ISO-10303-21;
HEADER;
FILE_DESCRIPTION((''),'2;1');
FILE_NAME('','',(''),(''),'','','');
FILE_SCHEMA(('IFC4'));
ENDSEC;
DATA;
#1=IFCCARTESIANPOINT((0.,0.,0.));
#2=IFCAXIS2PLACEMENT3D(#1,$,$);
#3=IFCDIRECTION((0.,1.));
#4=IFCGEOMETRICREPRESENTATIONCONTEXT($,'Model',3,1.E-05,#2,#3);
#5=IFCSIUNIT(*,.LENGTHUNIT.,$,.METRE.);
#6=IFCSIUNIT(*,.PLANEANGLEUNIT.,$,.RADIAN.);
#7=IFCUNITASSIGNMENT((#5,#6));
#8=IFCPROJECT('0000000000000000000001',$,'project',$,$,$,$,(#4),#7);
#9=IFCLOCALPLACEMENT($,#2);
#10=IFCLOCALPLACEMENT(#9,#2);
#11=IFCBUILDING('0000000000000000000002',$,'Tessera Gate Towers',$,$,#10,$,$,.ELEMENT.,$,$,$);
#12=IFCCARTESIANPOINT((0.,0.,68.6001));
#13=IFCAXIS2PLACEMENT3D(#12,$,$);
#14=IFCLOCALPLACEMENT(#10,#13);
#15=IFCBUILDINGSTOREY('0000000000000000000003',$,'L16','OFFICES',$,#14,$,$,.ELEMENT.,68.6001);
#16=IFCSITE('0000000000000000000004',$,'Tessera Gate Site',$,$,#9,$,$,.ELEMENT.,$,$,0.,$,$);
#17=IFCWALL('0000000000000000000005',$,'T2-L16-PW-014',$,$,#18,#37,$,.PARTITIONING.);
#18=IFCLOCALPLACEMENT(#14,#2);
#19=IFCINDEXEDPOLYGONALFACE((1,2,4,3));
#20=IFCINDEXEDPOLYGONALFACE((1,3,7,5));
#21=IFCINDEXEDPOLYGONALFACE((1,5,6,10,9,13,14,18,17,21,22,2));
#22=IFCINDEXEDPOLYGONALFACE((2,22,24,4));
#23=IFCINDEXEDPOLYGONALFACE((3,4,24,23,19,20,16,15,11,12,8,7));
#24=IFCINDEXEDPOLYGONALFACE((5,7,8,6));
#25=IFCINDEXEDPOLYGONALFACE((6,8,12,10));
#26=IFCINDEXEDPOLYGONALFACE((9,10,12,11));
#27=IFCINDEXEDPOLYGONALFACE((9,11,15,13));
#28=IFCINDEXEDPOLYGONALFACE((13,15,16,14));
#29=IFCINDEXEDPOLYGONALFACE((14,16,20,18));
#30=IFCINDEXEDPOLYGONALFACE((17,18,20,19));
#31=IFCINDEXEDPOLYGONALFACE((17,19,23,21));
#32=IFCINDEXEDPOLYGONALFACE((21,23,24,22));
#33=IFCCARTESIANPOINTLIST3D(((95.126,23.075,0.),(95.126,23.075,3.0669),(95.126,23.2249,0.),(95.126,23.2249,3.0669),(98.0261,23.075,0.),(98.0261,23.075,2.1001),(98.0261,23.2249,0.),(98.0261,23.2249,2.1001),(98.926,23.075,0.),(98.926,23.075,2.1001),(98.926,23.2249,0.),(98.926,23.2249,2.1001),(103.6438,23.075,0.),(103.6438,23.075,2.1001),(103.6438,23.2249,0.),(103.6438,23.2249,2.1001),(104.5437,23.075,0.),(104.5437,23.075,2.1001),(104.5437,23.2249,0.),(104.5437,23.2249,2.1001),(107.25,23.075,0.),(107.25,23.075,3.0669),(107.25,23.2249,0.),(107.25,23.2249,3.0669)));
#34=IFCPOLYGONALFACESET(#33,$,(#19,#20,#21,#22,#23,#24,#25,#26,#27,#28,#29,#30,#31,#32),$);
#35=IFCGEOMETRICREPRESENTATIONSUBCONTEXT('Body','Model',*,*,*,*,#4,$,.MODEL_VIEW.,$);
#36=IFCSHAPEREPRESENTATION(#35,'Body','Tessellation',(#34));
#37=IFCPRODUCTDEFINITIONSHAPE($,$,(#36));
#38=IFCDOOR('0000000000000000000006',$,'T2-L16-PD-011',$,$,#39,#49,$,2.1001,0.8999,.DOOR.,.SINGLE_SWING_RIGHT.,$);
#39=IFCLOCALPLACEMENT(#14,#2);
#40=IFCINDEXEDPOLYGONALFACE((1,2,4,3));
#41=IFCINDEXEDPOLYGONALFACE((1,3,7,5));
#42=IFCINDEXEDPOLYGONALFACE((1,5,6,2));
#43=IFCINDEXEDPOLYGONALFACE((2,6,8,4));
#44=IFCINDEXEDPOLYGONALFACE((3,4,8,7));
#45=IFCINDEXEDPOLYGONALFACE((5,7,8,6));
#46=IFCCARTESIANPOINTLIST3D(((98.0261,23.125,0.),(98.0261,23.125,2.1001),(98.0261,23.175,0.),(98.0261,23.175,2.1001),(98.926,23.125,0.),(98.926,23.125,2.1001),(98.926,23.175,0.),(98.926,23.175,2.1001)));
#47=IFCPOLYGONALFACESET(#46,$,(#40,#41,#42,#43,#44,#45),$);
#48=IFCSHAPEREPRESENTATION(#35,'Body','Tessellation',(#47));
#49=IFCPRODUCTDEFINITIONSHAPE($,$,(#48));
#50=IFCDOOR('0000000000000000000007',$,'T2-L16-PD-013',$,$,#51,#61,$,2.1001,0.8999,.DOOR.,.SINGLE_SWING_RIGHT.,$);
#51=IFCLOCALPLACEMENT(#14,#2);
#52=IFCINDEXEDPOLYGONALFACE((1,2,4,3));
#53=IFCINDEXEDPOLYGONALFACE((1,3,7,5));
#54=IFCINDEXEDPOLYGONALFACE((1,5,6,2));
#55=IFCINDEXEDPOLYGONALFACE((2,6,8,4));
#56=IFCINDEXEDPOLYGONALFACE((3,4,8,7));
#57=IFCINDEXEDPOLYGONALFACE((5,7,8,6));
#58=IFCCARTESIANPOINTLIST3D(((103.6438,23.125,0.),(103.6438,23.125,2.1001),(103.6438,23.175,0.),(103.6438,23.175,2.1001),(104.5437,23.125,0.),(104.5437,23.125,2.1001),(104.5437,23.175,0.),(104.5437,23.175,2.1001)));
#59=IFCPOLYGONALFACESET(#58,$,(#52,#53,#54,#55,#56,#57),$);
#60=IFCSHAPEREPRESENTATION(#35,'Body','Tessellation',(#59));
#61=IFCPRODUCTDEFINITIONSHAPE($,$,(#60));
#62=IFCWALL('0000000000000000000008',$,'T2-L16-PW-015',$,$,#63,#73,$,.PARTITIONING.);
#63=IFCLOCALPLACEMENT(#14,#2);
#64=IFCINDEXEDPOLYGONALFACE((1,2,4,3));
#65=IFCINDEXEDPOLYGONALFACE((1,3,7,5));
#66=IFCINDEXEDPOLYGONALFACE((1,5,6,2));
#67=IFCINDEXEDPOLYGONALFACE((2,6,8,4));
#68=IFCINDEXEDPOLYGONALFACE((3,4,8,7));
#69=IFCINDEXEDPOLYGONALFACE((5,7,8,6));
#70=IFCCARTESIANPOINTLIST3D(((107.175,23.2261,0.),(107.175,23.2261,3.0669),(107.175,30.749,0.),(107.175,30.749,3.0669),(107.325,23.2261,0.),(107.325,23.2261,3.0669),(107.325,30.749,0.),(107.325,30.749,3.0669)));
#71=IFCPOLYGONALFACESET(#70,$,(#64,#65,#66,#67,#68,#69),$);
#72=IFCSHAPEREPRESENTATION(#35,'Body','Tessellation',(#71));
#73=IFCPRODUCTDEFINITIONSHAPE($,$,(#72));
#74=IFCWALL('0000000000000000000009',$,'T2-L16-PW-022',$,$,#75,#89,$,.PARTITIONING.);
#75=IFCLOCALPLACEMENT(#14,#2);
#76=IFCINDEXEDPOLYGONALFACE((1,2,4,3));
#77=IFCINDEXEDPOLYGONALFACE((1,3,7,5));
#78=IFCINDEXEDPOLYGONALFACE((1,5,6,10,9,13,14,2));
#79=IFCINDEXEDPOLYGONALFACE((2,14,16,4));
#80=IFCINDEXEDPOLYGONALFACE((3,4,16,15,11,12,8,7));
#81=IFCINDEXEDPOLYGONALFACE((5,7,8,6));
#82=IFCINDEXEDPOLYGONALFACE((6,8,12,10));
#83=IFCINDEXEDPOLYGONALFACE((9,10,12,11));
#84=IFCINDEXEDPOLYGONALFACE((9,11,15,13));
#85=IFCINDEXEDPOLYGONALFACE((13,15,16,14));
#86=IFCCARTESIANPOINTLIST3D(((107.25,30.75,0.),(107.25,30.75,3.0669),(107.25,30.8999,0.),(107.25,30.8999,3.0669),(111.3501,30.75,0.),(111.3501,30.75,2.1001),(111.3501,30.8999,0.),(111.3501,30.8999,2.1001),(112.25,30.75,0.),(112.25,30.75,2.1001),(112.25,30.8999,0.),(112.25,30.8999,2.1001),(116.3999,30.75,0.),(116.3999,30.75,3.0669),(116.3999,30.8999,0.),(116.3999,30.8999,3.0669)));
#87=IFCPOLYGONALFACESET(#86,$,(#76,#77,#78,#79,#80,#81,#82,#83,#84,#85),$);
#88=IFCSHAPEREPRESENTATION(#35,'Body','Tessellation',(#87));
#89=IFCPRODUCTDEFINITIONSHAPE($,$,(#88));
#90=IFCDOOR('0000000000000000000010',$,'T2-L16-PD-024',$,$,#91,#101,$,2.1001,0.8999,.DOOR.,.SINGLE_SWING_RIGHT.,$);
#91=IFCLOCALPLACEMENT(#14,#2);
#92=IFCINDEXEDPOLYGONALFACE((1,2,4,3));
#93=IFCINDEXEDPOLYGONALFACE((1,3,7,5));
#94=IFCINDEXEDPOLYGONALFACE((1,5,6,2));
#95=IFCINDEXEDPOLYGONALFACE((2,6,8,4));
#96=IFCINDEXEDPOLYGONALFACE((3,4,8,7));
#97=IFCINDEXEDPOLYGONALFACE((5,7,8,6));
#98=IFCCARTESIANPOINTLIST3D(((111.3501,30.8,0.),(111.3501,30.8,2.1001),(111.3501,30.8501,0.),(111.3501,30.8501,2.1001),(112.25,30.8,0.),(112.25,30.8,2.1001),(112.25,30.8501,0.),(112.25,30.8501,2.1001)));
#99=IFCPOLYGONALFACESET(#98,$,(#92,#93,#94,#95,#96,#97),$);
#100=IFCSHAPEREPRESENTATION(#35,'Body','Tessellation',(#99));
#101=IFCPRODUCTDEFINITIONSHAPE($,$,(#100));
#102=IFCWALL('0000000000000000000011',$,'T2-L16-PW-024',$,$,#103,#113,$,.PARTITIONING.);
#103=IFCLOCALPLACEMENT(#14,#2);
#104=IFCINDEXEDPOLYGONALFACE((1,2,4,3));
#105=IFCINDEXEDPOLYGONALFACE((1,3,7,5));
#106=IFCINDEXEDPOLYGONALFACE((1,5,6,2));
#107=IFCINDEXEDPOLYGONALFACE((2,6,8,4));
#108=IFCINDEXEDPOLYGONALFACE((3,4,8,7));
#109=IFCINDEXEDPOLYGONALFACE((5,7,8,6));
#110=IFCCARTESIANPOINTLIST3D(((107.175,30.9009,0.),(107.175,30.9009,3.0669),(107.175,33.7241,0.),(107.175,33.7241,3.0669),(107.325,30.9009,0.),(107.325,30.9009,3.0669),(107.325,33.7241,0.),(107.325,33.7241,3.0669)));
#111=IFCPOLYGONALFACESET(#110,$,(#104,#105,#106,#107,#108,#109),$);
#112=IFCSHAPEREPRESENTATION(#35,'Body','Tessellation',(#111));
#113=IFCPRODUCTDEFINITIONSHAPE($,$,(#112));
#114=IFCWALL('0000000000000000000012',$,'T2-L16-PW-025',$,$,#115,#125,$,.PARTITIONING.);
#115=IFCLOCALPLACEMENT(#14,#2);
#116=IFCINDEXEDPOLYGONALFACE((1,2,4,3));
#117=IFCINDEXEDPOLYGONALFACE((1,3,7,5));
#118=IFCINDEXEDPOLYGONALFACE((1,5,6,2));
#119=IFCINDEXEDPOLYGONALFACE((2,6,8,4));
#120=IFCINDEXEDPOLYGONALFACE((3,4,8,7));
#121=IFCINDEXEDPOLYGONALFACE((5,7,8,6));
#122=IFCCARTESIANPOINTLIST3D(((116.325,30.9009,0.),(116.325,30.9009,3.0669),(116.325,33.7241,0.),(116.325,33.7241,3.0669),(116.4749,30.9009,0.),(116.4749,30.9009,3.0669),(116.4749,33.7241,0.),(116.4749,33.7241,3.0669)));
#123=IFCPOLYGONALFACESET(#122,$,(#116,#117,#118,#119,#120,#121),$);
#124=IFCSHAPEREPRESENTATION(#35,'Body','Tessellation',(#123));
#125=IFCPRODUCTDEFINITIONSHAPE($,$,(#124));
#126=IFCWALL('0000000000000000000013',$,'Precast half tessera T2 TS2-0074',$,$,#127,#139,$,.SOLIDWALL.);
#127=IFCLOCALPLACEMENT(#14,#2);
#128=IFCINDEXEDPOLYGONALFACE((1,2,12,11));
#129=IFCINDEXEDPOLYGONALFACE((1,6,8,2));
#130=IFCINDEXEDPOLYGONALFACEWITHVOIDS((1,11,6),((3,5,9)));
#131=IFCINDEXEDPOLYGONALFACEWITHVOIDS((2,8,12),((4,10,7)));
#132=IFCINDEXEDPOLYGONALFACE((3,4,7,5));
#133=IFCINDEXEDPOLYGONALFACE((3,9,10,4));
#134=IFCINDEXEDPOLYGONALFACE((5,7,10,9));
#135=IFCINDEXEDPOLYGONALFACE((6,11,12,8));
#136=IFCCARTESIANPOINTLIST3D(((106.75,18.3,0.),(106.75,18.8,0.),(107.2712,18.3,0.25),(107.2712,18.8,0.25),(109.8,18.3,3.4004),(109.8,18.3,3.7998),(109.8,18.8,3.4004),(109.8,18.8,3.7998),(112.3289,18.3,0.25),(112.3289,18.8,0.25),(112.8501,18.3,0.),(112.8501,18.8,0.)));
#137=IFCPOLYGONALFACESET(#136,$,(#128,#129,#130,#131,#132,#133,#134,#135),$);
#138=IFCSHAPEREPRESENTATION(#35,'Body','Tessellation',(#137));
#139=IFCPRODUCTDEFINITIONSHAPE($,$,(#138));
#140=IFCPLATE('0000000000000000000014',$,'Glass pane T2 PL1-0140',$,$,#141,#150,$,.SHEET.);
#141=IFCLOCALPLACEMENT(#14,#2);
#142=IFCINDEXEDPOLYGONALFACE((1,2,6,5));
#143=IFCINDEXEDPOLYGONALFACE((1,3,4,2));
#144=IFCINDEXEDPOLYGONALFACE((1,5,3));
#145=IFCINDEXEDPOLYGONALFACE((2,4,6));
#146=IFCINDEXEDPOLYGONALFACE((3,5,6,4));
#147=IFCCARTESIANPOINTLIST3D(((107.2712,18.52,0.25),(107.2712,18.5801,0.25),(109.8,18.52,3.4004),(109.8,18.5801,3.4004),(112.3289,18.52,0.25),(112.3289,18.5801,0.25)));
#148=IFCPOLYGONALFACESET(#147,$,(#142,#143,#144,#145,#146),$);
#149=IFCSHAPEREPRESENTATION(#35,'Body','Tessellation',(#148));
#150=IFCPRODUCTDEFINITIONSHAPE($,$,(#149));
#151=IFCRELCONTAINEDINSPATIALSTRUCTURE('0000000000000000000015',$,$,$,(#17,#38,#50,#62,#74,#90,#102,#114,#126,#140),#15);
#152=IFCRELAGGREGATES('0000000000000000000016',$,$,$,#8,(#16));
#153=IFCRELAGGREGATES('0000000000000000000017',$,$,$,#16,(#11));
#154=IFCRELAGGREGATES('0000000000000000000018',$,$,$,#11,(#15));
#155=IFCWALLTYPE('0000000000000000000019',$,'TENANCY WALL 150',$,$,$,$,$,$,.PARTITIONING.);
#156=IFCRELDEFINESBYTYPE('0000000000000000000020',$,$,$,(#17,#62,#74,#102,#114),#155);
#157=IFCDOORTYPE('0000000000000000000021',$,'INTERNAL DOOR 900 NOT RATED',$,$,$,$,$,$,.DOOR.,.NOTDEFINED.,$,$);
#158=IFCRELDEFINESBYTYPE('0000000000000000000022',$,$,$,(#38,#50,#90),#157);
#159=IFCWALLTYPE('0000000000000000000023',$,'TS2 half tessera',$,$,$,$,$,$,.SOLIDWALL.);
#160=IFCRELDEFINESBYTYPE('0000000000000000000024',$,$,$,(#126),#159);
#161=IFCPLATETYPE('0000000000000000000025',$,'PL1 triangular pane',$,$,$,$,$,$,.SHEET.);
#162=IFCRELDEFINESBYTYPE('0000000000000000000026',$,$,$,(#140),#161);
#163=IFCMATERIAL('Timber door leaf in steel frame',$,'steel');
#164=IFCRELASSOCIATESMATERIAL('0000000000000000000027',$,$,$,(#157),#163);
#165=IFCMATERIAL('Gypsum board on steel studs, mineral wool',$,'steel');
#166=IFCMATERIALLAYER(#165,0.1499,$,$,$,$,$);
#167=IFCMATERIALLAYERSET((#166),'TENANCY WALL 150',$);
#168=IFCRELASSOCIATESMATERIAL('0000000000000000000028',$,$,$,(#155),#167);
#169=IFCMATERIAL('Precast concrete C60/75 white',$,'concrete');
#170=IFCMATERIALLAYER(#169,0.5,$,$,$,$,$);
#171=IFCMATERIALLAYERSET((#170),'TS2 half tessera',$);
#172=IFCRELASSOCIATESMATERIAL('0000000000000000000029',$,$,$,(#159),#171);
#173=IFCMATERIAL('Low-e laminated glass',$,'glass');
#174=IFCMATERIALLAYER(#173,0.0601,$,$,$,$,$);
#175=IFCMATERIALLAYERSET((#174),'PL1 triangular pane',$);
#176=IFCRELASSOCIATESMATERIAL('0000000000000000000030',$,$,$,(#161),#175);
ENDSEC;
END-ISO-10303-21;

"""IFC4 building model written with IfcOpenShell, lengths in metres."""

from ifc_helpers import new_model, si_unit, direction, frame, frame_2d, origin, place, context, subcontext, project, spatial, polyline, rectangle, outline, extrude, source, transform, mapped, material, layer, layer_set, type_object, element, fill, save


model = new_model("IFC4")

# Units and contexts
model_context = context("Model", 3, precision=1e-05, world=origin(), true_north=direction((0.0, 1.0)))
body_context = subcontext(model_context, "Body", "Model", "MODEL_VIEW")
ifc_project = project(units=[si_unit("LENGTHUNIT", "METRE"), si_unit("PLANEANGLEUNIT", "RADIAN")], contexts=[model_context])

# Site, building, storey
site_placement = place(None, origin())
site = spatial("IfcSite", under=ifc_project, at=site_placement, Name="Tessera Gate Site", CompositionType="ELEMENT", RefElevation=0.0)
building_placement = place(site_placement, origin())
building = spatial("IfcBuilding", under=site, at=building_placement, Name="Tessera Gate Towers", CompositionType="ELEMENT")
storey_placement = place(building_placement, frame((0.0, 0.0, 68.6001)))
storey = spatial("IfcBuildingStorey", under=building, at=storey_placement, Name="L16", Description="OFFICES", CompositionType="ELEMENT", Elevation=68.6001)

# Shared definitions
ifc_material_1 = material(Name="Timber door leaf in steel frame", Category="steel")
door_type = type_object("IfcDoorType", Name="INTERNAL DOOR 900 NOT RATED", OperationType="NOTDEFINED", PredefinedType="DOOR", material=ifc_material_1)
shared_shape_1 = source(origin(), body_context, "Body", "SweptSolid", [
    extrude(rectangle(XDim=0.8999, YDim=2.1001, at=frame_2d((0.45, 1.05))), frame((0.0, 0.0249, 0.0), z_axis=(0.0, -1.0, 0.0), x_axis=(1.0, 0.0, 0.0)), (0.0, 0.0, 1.0), 0.05),
])

# Shared definitions
ifc_material_2 = material(Name="Gypsum board on steel studs, mineral wool", Category="steel")
ifc_layer_1 = layer(ifc_material_2, 0.1499)
ifc_layer_set_1 = layer_set([ifc_layer_1], Name="TENANCY WALL 150")
wall_type_1 = type_object("IfcWallType", Name="TENANCY WALL 150", PredefinedType="PARTITIONING", material=ifc_layer_set_1)

# Wall, openings, doors
wall_1_placement = place(storey_placement, frame((107.25, 23.1499, 0.0), z_axis=(0.0, 0.0, 1.0), x_axis=(-1.0, 0.0, 0.0)))
wall_1 = element("IfcWall", 1, at=wall_1_placement, inside=storey, type_object=wall_type_1, Name="T2-L16-PW-014", PredefinedType="PARTITIONING", context=body_context, shape_type="SweptSolid", body=[
    extrude(rectangle(XDim=12.124, YDim=0.1499, at=frame_2d((6.062, 0.0))), origin(), (0.0, 0.0, 1.0), 3.0669),
])
shared_shape_2 = source(origin(), body_context, "Body", "SweptSolid", [
    extrude(rectangle(XDim=0.8999, YDim=2.1001, at=frame_2d((0.45, 1.05))), frame((0.0, 0.085, 0.0), z_axis=(0.0, -1.0, 0.0), x_axis=(1.0, 0.0, 0.0)), (0.0, 0.0, 1.0), 0.1699),
])
opening_1_placement = place(wall_1_placement, frame((8.324, 0.0, 0.0)))
opening_1 = element("IfcOpeningElement", 2, at=opening_1_placement, cuts=wall_1, PredefinedType="OPENING", context=body_context, shape_type="MappedRepresentation", body=[
    mapped(shared_shape_2, transform((0.0, 0.0, 0.0), scale=1.0)),
])
opening_2_placement = place(wall_1_placement, frame((2.7063, 0.0, 0.0)))
opening_2 = element("IfcOpeningElement", 3, at=opening_2_placement, cuts=wall_1, PredefinedType="OPENING", context=body_context, shape_type="MappedRepresentation", body=[
    mapped(shared_shape_2, transform((0.0, 0.0, 0.0), scale=1.0)),
])
door_1_placement = place(opening_1_placement, origin())
door_1 = element("IfcDoor", 4, at=door_1_placement, inside=storey, type_object=door_type, Name="T2-L16-PD-011", OperationType="SINGLE_SWING_RIGHT", OverallHeight=2.1001, OverallWidth=0.8999, PredefinedType="DOOR", context=body_context, shape_type="MappedRepresentation", body=[
    mapped(shared_shape_1, transform((0.0, 0.0, 0.0), scale=1.0)),
])
fill(opening_1, door_1)
door_2_placement = place(opening_2_placement, origin())
door_2 = element("IfcDoor", 5, at=door_2_placement, inside=storey, type_object=door_type, Name="T2-L16-PD-013", OperationType="SINGLE_SWING_RIGHT", OverallHeight=2.1001, OverallWidth=0.8999, PredefinedType="DOOR", context=body_context, shape_type="MappedRepresentation", body=[
    mapped(shared_shape_1, transform((0.0, 0.0, 0.0), scale=1.0)),
])
fill(opening_2, door_2)

# Wall
wall_2_placement = place(storey_placement, frame((107.25, 23.2261, 0.0), z_axis=(0.0, 0.0, 1.0), x_axis=(0.0, 1.0, 0.0)))
element("IfcWall", 6, at=wall_2_placement, inside=storey, type_object=wall_type_1, Name="T2-L16-PW-015", PredefinedType="PARTITIONING", context=body_context, shape_type="SweptSolid", body=[
    extrude(rectangle(XDim=7.5229, YDim=0.1499, at=frame_2d((3.7615, 0.0))), origin(), (0.0, 0.0, 1.0), 3.0669),
])

# Wall, opening, door
wall_3_placement = place(storey_placement, frame((116.3999, 30.825, 0.0), z_axis=(0.0, 0.0, 1.0), x_axis=(-1.0, 0.0, 0.0)))
wall_3 = element("IfcWall", 7, at=wall_3_placement, inside=storey, type_object=wall_type_1, Name="T2-L16-PW-022", PredefinedType="PARTITIONING", context=body_context, shape_type="SweptSolid", body=[
    extrude(rectangle(XDim=9.1499, YDim=0.1499, at=frame_2d((4.575, 0.0))), origin(), (0.0, 0.0, 1.0), 3.0669),
])
opening_3_placement = place(wall_3_placement, frame((4.1499, 0.0, 0.0)))
opening_3 = element("IfcOpeningElement", 8, at=opening_3_placement, cuts=wall_3, PredefinedType="OPENING", context=body_context, shape_type="MappedRepresentation", body=[
    mapped(shared_shape_2, transform((0.0, 0.0, 0.0), scale=1.0)),
])
door_3_placement = place(opening_3_placement, origin())
door_3 = element("IfcDoor", 9, at=door_3_placement, inside=storey, type_object=door_type, Name="T2-L16-PD-024", OperationType="SINGLE_SWING_RIGHT", OverallHeight=2.1001, OverallWidth=0.8999, PredefinedType="DOOR", context=body_context, shape_type="MappedRepresentation", body=[
    mapped(shared_shape_1, transform((0.0, 0.0, 0.0), scale=1.0)),
])
fill(opening_3, door_3)

# Walls
for number, where, z_axis, x_axis, name in (
    (10, (107.25, 30.9009, 0.0), (0.0, 0.0, 1.0), (0.0, 1.0, 0.0), "T2-L16-PW-024"),
    (11, (116.3999, 30.9009, 0.0), (0.0, 0.0, 1.0), (0.0, 1.0, 0.0), "T2-L16-PW-025"),
):
    element("IfcWall", number, at=place(storey_placement, frame(where, z_axis=z_axis, x_axis=x_axis)), inside=storey, type_object=wall_type_1, Name=name, PredefinedType="PARTITIONING", context=body_context, shape_type="SweptSolid", body=[
        extrude(rectangle(XDim=2.8232, YDim=0.1499, at=frame_2d((1.4116, 0.0))), origin(), (0.0, 0.0, 1.0), 3.0669),
    ])

# Wall, opening, plate
ifc_material_3 = material(Name="Precast concrete C60/75 white", Category="concrete")
ifc_layer_2 = layer(ifc_material_3, 0.5)
ifc_layer_set_2 = layer_set([ifc_layer_2], Name="TS2 half tessera")
wall_type_2 = type_object("IfcWallType", Name="TS2 half tessera", PredefinedType="SOLIDWALL", material=ifc_layer_set_2)
shared_shape_3 = source(origin(), body_context, "Body", "SweptSolid", [
    extrude(outline(polyline([(6.1001, 0.0), (3.05, 3.7998), (0.0, 0.0), (6.1001, 0.0)])), frame((0.0, 0.25, 0.0), z_axis=(0.0, -1.0, 0.0), x_axis=(1.0, 0.0, 0.0)), (0.0, 0.0, 1.0), 0.5),
])
wall_4_placement = place(storey_placement, frame((106.75, 18.55, 0.0), z_axis=(0.0, 0.0, 1.0), x_axis=(1.0, 0.0, 0.0)))
wall_4 = element("IfcWall", 12, at=wall_4_placement, inside=storey, type_object=wall_type_2, Name="Precast half tessera T2 TS2-0074", PredefinedType="SOLIDWALL", context=body_context, shape_type="MappedRepresentation", body=[
    mapped(shared_shape_3, transform((0.0, 0.0, 0.0), scale=1.0)),
])
shared_shape_4 = source(origin(), body_context, "Body", "SweptSolid", [
    extrude(outline(polyline([(5.5789, 0.25), (3.05, 3.4004), (0.5212, 0.25), (5.5789, 0.25)])), frame((0.0, 0.26, 0.0), z_axis=(0.0, -1.0, 0.0), x_axis=(1.0, 0.0, 0.0)), (0.0, 0.0, 1.0), 0.52),
])
opening_4_placement = place(wall_4_placement, origin())
opening_4 = element("IfcOpeningElement", 13, at=opening_4_placement, cuts=wall_4, PredefinedType="OPENING", context=body_context, shape_type="MappedRepresentation", body=[
    mapped(shared_shape_4, transform((0.0, 0.0, 0.0), scale=1.0)),
])
ifc_material_4 = material(Name="Low-e laminated glass", Category="glass")
ifc_layer_3 = layer(ifc_material_4, 0.0601)
ifc_layer_set_3 = layer_set([ifc_layer_3], Name="PL1 triangular pane")
plate_type = type_object("IfcPlateType", Name="PL1 triangular pane", PredefinedType="SHEET", material=ifc_layer_set_3)
shared_shape_5 = source(origin(), body_context, "Body", "SweptSolid", [
    extrude(outline(polyline([(5.5789, 0.25), (3.05, 3.4004), (0.5212, 0.25), (5.5789, 0.25)])), frame((0.0, 0.03, 0.0), z_axis=(0.0, -1.0, 0.0), x_axis=(1.0, 0.0, 0.0)), (0.0, 0.0, 1.0), 0.0601),
])
plate_placement = place(opening_4_placement, origin())
plate = element("IfcPlate", 14, at=plate_placement, inside=storey, type_object=plate_type, Name="Glass pane T2 PL1-0140", PredefinedType="SHEET", context=body_context, shape_type="MappedRepresentation", body=[
    mapped(shared_shape_5, transform((0.0, 0.0, 0.0), scale=1.0)),
])
fill(opening_4, plate)

save(model, "model.ifc")
